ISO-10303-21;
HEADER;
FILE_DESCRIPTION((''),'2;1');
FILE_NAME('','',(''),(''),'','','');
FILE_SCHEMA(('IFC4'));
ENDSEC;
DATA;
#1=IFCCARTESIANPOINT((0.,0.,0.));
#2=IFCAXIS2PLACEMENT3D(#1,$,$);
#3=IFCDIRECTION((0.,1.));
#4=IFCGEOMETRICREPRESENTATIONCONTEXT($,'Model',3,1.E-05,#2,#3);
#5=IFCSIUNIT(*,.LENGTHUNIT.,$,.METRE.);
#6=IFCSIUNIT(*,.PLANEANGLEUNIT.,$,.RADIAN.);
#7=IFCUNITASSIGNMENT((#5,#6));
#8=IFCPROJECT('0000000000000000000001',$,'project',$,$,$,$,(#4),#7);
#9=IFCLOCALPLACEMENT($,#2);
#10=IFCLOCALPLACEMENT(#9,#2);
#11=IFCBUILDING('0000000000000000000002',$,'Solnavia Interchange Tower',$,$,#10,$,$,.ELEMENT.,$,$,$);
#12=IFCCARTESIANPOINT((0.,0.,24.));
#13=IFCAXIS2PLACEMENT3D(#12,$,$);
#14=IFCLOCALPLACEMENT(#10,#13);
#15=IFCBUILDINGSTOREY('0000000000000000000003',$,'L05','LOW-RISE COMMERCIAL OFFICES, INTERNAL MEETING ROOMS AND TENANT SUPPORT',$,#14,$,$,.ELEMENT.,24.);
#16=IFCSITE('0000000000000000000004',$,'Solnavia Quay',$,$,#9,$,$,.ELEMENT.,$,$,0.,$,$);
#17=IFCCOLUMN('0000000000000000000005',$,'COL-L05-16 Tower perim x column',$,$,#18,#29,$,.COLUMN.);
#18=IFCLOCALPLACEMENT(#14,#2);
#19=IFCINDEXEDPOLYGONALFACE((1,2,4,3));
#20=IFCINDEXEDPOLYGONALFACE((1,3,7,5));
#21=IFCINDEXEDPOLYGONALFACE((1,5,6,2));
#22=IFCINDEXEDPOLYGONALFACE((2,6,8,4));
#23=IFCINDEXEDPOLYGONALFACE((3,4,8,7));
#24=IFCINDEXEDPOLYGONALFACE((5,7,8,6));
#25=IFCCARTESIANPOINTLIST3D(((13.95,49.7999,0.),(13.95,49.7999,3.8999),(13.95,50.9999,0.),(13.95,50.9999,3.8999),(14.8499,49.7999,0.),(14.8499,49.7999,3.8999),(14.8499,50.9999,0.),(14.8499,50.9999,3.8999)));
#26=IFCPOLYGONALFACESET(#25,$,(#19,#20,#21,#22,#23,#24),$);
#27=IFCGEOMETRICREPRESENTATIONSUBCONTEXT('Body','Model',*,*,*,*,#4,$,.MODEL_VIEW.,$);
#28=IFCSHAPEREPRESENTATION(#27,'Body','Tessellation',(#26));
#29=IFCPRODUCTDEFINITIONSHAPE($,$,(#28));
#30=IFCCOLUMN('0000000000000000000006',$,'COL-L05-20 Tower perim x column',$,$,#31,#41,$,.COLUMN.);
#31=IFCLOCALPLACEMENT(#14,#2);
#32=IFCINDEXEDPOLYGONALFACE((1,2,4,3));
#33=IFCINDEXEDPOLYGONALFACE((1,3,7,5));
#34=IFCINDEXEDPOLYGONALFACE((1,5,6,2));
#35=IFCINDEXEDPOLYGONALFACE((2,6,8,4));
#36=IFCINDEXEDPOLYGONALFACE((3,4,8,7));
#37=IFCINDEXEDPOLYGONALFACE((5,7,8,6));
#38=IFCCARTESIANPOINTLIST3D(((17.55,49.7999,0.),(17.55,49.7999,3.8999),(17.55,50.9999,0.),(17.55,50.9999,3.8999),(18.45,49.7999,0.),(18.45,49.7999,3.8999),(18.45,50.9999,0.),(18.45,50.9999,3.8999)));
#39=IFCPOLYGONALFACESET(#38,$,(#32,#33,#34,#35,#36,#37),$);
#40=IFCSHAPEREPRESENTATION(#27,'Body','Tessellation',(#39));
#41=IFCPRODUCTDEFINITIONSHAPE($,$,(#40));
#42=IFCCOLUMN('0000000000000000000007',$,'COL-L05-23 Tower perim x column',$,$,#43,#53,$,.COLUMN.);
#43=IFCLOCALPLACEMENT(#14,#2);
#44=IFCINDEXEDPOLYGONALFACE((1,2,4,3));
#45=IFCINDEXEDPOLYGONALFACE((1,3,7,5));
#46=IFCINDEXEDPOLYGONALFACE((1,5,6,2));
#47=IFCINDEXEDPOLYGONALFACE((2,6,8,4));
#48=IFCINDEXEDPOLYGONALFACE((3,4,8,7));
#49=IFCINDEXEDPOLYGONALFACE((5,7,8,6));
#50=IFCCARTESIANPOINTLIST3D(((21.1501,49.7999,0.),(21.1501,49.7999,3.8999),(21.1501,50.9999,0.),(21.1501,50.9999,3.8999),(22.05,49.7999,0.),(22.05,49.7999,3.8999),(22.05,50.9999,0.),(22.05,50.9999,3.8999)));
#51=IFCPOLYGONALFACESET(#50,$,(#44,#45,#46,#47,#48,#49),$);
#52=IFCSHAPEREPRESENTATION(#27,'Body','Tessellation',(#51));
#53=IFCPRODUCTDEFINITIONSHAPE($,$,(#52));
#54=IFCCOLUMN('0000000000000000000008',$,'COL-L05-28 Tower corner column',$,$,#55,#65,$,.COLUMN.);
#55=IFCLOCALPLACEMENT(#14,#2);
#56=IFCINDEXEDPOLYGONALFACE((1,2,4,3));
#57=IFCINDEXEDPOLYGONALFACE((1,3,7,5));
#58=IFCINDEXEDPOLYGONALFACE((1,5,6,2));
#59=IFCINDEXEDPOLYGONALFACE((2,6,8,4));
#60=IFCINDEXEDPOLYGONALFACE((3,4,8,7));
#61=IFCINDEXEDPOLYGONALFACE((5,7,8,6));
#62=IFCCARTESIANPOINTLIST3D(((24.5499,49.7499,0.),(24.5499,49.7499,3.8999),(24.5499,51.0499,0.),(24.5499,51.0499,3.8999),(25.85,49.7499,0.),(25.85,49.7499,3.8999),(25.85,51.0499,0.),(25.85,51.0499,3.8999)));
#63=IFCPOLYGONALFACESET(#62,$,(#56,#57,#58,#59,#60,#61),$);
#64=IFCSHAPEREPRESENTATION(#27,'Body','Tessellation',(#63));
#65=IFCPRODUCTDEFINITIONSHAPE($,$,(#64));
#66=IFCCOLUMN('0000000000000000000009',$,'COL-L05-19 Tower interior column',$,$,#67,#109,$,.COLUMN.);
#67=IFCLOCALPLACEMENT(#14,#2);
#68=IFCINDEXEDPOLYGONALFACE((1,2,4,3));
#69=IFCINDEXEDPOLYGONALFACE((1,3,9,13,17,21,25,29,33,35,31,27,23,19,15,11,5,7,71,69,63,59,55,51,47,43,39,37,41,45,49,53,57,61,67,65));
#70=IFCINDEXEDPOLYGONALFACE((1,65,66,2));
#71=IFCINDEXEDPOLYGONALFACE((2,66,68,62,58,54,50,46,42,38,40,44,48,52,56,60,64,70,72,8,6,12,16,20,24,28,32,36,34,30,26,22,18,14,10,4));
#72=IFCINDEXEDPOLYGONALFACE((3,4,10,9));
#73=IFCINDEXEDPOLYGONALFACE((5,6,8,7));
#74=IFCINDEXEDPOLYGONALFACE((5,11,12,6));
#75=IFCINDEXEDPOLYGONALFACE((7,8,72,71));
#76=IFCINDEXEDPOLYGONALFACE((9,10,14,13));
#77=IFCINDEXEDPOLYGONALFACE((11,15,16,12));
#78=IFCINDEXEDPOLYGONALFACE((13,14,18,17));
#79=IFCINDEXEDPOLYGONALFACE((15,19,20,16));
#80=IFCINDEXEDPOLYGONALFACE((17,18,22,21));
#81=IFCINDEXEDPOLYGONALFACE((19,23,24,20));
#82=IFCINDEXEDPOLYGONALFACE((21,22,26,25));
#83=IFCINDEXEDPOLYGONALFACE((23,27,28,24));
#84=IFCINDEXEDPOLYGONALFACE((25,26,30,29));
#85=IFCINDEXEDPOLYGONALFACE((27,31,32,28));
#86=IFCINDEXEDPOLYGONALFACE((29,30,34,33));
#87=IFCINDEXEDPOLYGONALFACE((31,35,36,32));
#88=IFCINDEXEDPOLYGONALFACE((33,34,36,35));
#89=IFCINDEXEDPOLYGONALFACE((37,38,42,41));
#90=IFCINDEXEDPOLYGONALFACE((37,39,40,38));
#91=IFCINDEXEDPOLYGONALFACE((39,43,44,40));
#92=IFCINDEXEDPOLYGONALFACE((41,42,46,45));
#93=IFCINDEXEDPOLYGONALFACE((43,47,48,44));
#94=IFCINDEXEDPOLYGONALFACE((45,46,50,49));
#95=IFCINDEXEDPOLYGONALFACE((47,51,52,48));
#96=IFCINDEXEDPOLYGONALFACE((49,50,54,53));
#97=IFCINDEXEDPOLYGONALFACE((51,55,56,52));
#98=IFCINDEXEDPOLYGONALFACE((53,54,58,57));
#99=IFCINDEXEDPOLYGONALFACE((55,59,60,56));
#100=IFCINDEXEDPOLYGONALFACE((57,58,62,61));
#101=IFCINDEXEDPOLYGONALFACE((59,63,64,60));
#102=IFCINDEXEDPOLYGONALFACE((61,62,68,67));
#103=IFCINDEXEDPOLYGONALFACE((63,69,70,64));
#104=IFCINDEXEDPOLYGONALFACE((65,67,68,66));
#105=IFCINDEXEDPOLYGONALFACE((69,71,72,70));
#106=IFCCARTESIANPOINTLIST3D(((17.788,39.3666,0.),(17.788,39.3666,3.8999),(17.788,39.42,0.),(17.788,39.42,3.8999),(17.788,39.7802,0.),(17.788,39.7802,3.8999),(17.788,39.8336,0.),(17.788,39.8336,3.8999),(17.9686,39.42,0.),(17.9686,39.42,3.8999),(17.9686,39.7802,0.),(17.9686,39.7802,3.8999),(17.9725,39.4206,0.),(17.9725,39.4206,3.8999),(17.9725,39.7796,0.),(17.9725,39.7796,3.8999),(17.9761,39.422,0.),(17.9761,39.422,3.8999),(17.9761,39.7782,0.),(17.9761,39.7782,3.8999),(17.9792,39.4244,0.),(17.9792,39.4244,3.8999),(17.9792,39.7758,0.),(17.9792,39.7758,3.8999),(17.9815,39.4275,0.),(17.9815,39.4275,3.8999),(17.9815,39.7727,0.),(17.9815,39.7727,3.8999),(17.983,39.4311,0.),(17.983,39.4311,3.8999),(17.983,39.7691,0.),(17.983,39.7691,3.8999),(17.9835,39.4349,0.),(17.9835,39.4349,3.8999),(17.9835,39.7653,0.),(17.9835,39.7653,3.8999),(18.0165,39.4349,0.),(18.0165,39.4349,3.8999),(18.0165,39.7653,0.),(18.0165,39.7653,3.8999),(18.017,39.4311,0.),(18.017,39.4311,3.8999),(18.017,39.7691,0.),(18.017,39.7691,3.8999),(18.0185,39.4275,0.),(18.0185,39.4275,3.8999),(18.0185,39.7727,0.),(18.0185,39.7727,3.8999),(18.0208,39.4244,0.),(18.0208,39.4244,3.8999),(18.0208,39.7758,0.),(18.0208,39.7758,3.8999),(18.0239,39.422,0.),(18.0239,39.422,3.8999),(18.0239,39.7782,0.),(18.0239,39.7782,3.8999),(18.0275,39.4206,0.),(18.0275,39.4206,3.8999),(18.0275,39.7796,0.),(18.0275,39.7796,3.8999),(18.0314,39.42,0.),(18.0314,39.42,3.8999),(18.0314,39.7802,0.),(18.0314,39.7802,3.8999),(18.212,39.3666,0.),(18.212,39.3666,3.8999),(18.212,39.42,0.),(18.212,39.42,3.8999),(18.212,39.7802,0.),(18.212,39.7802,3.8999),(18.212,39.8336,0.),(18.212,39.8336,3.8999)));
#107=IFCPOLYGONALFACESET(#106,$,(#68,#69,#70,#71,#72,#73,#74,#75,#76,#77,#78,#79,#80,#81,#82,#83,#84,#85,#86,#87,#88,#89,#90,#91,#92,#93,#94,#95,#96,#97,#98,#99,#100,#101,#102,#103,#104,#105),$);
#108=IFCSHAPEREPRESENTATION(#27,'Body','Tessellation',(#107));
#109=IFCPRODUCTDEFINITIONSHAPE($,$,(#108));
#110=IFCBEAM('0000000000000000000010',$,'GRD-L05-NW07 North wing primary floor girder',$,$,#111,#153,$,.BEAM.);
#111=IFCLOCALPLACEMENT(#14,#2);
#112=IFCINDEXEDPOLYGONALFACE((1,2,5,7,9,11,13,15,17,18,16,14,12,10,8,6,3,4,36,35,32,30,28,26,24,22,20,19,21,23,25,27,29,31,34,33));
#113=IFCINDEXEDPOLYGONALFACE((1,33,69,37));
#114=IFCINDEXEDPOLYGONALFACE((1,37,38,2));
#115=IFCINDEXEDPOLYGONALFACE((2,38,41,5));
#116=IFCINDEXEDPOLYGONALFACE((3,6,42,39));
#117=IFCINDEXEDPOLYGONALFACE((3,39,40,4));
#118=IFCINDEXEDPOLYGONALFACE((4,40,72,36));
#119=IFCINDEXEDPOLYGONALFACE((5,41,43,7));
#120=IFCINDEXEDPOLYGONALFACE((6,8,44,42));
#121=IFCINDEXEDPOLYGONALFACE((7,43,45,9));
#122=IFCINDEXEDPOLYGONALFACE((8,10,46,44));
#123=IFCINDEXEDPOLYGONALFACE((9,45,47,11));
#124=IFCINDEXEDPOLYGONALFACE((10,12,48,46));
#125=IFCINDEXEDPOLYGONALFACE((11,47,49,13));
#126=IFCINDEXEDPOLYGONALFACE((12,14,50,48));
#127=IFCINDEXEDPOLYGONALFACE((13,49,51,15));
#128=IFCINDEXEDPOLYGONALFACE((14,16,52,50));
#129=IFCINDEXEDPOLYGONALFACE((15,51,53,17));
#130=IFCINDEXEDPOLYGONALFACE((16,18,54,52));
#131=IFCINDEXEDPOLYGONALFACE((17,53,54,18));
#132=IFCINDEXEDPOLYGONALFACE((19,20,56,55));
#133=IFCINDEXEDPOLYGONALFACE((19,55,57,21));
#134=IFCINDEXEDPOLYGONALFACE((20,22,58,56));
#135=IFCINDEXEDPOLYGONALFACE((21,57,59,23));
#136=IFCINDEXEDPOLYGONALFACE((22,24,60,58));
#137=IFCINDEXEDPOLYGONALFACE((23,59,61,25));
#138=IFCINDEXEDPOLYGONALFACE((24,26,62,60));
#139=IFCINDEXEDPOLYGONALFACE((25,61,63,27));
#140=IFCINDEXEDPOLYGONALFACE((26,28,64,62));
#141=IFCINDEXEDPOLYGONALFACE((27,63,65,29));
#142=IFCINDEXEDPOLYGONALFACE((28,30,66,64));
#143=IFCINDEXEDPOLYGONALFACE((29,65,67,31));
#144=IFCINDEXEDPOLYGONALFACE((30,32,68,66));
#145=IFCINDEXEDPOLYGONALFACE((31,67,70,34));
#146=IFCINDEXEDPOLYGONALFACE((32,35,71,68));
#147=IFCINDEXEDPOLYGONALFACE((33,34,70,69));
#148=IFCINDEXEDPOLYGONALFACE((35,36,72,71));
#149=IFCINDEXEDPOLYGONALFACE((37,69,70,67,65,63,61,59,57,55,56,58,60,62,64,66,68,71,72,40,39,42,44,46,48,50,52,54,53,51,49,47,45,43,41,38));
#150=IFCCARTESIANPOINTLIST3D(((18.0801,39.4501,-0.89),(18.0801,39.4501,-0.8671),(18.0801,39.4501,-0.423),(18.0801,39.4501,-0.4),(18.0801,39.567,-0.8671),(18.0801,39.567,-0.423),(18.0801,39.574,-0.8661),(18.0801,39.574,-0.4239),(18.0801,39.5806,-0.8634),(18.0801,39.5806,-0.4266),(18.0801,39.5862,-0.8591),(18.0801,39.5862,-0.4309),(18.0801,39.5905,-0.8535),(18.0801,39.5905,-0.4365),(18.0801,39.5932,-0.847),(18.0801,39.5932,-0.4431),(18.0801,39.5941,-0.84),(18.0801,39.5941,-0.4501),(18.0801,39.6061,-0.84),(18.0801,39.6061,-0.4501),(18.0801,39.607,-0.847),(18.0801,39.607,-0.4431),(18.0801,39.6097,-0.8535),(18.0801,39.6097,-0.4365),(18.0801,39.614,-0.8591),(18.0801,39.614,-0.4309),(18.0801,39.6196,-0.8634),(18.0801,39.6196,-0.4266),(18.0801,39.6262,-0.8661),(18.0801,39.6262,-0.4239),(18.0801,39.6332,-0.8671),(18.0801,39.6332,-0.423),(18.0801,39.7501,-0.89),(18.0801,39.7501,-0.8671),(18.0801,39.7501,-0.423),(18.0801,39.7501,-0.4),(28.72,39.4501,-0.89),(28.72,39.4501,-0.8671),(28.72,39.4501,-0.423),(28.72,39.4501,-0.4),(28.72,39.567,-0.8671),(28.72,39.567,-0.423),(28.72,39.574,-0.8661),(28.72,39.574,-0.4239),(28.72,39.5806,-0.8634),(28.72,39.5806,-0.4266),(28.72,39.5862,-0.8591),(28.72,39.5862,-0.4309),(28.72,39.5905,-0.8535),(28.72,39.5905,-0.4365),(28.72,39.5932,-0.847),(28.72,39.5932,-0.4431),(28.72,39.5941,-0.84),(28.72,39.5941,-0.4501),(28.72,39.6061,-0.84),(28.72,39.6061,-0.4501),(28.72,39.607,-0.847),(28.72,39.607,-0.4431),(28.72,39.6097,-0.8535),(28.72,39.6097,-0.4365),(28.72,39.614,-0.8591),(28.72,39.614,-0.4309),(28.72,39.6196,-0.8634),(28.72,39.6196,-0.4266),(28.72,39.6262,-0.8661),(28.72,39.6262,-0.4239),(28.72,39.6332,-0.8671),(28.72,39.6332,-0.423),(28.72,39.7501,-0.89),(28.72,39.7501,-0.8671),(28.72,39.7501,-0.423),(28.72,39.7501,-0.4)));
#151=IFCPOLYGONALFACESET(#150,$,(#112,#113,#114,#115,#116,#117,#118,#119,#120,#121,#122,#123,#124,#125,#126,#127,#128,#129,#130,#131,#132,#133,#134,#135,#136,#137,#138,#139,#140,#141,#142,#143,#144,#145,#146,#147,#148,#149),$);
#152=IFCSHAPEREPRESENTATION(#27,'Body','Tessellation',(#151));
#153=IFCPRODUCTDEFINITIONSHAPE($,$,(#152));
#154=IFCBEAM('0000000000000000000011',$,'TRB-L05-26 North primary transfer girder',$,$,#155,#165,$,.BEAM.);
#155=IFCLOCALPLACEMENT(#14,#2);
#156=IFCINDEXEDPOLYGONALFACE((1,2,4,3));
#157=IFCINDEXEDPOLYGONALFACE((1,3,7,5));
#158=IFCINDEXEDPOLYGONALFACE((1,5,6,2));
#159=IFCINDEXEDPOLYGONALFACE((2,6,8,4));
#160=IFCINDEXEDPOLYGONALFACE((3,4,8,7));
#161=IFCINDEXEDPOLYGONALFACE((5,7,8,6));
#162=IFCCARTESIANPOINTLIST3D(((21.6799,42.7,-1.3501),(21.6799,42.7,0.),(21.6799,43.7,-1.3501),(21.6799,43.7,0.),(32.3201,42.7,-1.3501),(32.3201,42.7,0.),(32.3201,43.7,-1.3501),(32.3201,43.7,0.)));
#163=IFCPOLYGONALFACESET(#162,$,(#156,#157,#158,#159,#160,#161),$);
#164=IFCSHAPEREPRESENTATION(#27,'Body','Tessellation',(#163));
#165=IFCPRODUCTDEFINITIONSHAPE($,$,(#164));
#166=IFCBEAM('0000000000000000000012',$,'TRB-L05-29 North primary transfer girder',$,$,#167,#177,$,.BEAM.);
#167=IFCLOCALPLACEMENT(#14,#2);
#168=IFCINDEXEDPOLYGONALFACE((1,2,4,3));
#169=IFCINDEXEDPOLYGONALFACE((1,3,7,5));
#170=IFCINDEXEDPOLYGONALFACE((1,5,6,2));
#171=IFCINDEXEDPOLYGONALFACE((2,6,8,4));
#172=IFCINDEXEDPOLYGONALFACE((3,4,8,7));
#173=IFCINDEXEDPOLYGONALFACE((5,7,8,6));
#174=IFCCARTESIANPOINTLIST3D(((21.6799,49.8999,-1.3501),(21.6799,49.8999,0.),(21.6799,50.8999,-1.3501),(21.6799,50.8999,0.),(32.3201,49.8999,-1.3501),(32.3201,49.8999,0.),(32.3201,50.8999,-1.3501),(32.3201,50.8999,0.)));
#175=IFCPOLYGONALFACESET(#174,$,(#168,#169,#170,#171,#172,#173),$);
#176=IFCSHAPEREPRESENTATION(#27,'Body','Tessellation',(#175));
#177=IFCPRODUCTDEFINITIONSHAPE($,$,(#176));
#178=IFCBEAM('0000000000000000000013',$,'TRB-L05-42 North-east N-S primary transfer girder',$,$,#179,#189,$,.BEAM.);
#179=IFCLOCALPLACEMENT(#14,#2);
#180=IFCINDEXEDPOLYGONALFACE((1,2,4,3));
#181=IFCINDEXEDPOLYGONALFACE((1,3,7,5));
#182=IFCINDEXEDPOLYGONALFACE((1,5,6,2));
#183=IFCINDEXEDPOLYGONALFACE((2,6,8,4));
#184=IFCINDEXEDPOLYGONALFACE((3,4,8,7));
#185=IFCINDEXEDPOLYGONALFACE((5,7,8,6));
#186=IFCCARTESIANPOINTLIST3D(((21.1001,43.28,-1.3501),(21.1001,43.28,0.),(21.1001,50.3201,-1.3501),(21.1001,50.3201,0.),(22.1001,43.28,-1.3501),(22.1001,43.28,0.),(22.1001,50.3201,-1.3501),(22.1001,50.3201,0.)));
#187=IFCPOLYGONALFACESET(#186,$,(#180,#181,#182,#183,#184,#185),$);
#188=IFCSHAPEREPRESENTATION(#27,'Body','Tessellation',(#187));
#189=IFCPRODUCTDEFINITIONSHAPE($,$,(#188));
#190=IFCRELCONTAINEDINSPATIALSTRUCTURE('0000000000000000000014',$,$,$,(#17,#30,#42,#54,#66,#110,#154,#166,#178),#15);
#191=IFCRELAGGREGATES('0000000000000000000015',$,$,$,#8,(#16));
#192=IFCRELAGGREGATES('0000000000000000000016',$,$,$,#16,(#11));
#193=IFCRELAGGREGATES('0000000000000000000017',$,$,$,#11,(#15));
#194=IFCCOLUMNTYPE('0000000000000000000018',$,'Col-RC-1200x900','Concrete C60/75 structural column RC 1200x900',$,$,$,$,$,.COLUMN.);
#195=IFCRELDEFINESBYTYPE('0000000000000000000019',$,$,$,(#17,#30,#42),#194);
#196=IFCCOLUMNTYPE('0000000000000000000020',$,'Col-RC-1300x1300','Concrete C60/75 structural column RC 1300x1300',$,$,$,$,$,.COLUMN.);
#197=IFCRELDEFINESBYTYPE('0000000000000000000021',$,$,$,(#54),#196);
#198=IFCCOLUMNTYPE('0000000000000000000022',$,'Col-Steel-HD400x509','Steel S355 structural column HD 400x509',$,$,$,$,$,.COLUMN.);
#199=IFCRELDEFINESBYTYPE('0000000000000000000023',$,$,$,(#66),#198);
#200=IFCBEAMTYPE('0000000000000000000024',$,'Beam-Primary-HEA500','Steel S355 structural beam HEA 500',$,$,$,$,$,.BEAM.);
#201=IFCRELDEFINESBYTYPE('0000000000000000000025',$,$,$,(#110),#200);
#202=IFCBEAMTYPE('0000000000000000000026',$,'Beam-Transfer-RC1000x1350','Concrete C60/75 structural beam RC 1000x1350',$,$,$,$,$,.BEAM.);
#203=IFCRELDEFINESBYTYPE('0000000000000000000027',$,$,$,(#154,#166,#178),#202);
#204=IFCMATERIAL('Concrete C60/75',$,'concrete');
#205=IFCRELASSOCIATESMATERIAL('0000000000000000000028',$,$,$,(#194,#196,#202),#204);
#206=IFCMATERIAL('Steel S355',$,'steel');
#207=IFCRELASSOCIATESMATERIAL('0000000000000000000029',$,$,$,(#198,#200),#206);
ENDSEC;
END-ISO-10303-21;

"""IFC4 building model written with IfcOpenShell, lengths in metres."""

from ifc_helpers import new_model, si_unit, direction, frame, origin, origin_2d, place, context, subcontext, project, spatial, rectangle, i_section, extrude, material, material_profile, profile_set, type_object, element, save


model = new_model("IFC4")

# Units and contexts
model_context = context("Model", 3, precision=1e-05, world=origin(), true_north=direction((0.0, 1.0)))
body_context = subcontext(model_context, "Body", "Model", "MODEL_VIEW")
ifc_project = project(units=[si_unit("LENGTHUNIT", "METRE"), si_unit("PLANEANGLEUNIT", "RADIAN")], contexts=[model_context])

# Site, building, storey
site_placement = place(None, origin())
site = spatial("IfcSite", under=ifc_project, at=site_placement, Name="Solnavia Quay", CompositionType="ELEMENT", RefElevation=0.0)
building_placement = place(site_placement, origin())
building = spatial("IfcBuilding", under=site, at=building_placement, Name="Solnavia Interchange Tower", CompositionType="ELEMENT")
storey_placement = place(building_placement, frame((0.0, 0.0, 24.0)))
storey = spatial("IfcBuildingStorey", under=building, at=storey_placement, Name="L05", Description="LOW-RISE COMMERCIAL OFFICES, INTERNAL MEETING ROOMS AND TENANT SUPPORT", CompositionType="ELEMENT", Elevation=24.0)

# Columns
ifc_material_1 = material(Name="Concrete C60/75", Category="concrete")
ifc_material_profile_1 = material_profile(ifc_material_1, rectangle(XDim=0.8999, YDim=1.2, at=origin_2d()), Name="RC 1200x900")
ifc_profile_set_1 = profile_set([ifc_material_profile_1], Name="Concrete C60/75")
column_type_1 = type_object("IfcColumnType", Name="Col-RC-1200x900", Description="Concrete C60/75 structural column RC 1200x900", PredefinedType="COLUMN", material=ifc_profile_set_1)
for number, where, z_axis, x_axis, name in (
    (1, (14.3999, 50.3999, 0.0), (0.0, 0.0, 1.0), (1.0, 0.0, 0.0), "COL-L05-16 Tower perim x column"),
    (2, (18.0, 50.3999, 0.0), (0.0, 0.0, 1.0), (1.0, 0.0, 0.0), "COL-L05-20 Tower perim x column"),
    (3, (21.6001, 50.3999, 0.0), (0.0, 0.0, 1.0), (1.0, 0.0, 0.0), "COL-L05-23 Tower perim x column"),
):
    element("IfcColumn", number, at=place(storey_placement, frame(where, z_axis=z_axis, x_axis=x_axis)), inside=storey, type_object=column_type_1, Name=name, PredefinedType="COLUMN", context=body_context, shape_type="SweptSolid", body=[
        extrude(rectangle(XDim=0.8999, YDim=1.2, at=origin_2d()), origin(), (0.0, 0.0, 1.0), 3.8999),
    ])
ifc_material_profile_2 = material_profile(ifc_material_1, rectangle(XDim=1.3, YDim=1.3, at=origin_2d()), Name="RC 1300x1300")
ifc_profile_set_2 = profile_set([ifc_material_profile_2], Name="Concrete C60/75")
column_type_2 = type_object("IfcColumnType", Name="Col-RC-1300x1300", Description="Concrete C60/75 structural column RC 1300x1300", PredefinedType="COLUMN", material=ifc_profile_set_2)
column_1_placement = place(storey_placement, frame((25.2, 50.3999, 0.0), z_axis=(0.0, 0.0, 1.0), x_axis=(1.0, 0.0, 0.0)))
element("IfcColumn", 4, at=column_1_placement, inside=storey, type_object=column_type_2, Name="COL-L05-28 Tower corner column", PredefinedType="COLUMN", context=body_context, shape_type="SweptSolid", body=[
    extrude(rectangle(XDim=1.3, YDim=1.3, at=origin_2d()), origin(), (0.0, 0.0, 1.0), 3.8999),
])
ifc_material_2 = material(Name="Steel S355", Category="steel")
ifc_material_profile_3 = material_profile(ifc_material_2, i_section(OverallWidth=0.4241, OverallDepth=0.467, WebThickness=0.033, FlangeThickness=0.0535, FilletRadius=0.0149, at=origin_2d()), Name="HD 400x509")
ifc_profile_set_3 = profile_set([ifc_material_profile_3], Name="Steel S355")
column_type_3 = type_object("IfcColumnType", Name="Col-Steel-HD400x509", Description="Steel S355 structural column HD 400x509", PredefinedType="COLUMN", material=ifc_profile_set_3)
column_2_placement = place(storey_placement, frame((18.0, 39.6001, 0.0), z_axis=(0.0, 0.0, 1.0), x_axis=(1.0, 0.0, 0.0)))
element("IfcColumn", 5, at=column_2_placement, inside=storey, type_object=column_type_3, Name="COL-L05-19 Tower interior column", PredefinedType="COLUMN", context=body_context, shape_type="SweptSolid", body=[
    extrude(i_section(OverallWidth=0.4241, OverallDepth=0.467, WebThickness=0.033, FlangeThickness=0.0535, FilletRadius=0.0149, at=origin_2d()), origin(), (0.0, 0.0, 1.0), 3.8999),
])

# Beams
ifc_material_profile_4 = material_profile(ifc_material_2, i_section(OverallWidth=0.3, OverallDepth=0.49, WebThickness=0.012, FlangeThickness=0.0229, FilletRadius=0.0271, at=origin_2d()), Name="HEA 500")
ifc_profile_set_4 = profile_set([ifc_material_profile_4], Name="Steel S355")
beam_type_1 = type_object("IfcBeamType", Name="Beam-Primary-HEA500", Description="Steel S355 structural beam HEA 500", PredefinedType="BEAM", material=ifc_profile_set_4)
beam_placement = place(storey_placement, frame((18.0801, 39.6001, -0.645), z_axis=(1.0, 0.0, 0.0), x_axis=(0.0, 1.0, 0.0)))
element("IfcBeam", 6, at=beam_placement, inside=storey, type_object=beam_type_1, Name="GRD-L05-NW07 North wing primary floor girder", PredefinedType="BEAM", context=body_context, shape_type="SweptSolid", body=[
    extrude(i_section(OverallWidth=0.3, OverallDepth=0.49, WebThickness=0.012, FlangeThickness=0.0229, FilletRadius=0.0271, at=origin_2d()), origin(), (0.0, 0.0, 1.0), 10.6399),
])
ifc_material_profile_5 = material_profile(ifc_material_1, rectangle(XDim=1.0, YDim=1.3501, at=origin_2d()), Name="RC 1000x1350")
ifc_profile_set_5 = profile_set([ifc_material_profile_5], Name="Concrete C60/75")
beam_type_2 = type_object("IfcBeamType", Name="Beam-Transfer-RC1000x1350", Description="Concrete C60/75 structural beam RC 1000x1350", PredefinedType="BEAM", material=ifc_profile_set_5)
for number, where, z_axis, x_axis, name in (
    (7, (21.6799, 43.2, -0.675), (1.0, 0.0, 0.0), (0.0, 1.0, 0.0), "TRB-L05-26 North primary transfer girder"),
    (8, (21.6799, 50.3999, -0.675), (1.0, 0.0, 0.0), (0.0, 1.0, 0.0), "TRB-L05-29 North primary transfer girder"),
):
    element("IfcBeam", number, at=place(storey_placement, frame(where, z_axis=z_axis, x_axis=x_axis)), inside=storey, type_object=beam_type_2, Name=name, PredefinedType="BEAM", context=body_context, shape_type="SweptSolid", body=[
        extrude(rectangle(XDim=1.0, YDim=1.3501, at=origin_2d()), origin(), (0.0, 0.0, 1.0), 10.6401),
    ])
for number, where, z_axis, x_axis, name in (
    (9, (21.6001, 43.28, -0.675), (0.0, 1.0, 0.0), (-1.0, 0.0, 0.0), "TRB-L05-42 North-east N-S primary transfer girder"),
):
    element("IfcBeam", number, at=place(storey_placement, frame(where, z_axis=z_axis, x_axis=x_axis)), inside=storey, type_object=beam_type_2, Name=name, PredefinedType="BEAM", context=body_context, shape_type="SweptSolid", body=[
        extrude(rectangle(XDim=1.0, YDim=1.3501, at=origin_2d()), origin(), (0.0, 0.0, 1.0), 7.04),
    ])

save(model, "model.ifc")
